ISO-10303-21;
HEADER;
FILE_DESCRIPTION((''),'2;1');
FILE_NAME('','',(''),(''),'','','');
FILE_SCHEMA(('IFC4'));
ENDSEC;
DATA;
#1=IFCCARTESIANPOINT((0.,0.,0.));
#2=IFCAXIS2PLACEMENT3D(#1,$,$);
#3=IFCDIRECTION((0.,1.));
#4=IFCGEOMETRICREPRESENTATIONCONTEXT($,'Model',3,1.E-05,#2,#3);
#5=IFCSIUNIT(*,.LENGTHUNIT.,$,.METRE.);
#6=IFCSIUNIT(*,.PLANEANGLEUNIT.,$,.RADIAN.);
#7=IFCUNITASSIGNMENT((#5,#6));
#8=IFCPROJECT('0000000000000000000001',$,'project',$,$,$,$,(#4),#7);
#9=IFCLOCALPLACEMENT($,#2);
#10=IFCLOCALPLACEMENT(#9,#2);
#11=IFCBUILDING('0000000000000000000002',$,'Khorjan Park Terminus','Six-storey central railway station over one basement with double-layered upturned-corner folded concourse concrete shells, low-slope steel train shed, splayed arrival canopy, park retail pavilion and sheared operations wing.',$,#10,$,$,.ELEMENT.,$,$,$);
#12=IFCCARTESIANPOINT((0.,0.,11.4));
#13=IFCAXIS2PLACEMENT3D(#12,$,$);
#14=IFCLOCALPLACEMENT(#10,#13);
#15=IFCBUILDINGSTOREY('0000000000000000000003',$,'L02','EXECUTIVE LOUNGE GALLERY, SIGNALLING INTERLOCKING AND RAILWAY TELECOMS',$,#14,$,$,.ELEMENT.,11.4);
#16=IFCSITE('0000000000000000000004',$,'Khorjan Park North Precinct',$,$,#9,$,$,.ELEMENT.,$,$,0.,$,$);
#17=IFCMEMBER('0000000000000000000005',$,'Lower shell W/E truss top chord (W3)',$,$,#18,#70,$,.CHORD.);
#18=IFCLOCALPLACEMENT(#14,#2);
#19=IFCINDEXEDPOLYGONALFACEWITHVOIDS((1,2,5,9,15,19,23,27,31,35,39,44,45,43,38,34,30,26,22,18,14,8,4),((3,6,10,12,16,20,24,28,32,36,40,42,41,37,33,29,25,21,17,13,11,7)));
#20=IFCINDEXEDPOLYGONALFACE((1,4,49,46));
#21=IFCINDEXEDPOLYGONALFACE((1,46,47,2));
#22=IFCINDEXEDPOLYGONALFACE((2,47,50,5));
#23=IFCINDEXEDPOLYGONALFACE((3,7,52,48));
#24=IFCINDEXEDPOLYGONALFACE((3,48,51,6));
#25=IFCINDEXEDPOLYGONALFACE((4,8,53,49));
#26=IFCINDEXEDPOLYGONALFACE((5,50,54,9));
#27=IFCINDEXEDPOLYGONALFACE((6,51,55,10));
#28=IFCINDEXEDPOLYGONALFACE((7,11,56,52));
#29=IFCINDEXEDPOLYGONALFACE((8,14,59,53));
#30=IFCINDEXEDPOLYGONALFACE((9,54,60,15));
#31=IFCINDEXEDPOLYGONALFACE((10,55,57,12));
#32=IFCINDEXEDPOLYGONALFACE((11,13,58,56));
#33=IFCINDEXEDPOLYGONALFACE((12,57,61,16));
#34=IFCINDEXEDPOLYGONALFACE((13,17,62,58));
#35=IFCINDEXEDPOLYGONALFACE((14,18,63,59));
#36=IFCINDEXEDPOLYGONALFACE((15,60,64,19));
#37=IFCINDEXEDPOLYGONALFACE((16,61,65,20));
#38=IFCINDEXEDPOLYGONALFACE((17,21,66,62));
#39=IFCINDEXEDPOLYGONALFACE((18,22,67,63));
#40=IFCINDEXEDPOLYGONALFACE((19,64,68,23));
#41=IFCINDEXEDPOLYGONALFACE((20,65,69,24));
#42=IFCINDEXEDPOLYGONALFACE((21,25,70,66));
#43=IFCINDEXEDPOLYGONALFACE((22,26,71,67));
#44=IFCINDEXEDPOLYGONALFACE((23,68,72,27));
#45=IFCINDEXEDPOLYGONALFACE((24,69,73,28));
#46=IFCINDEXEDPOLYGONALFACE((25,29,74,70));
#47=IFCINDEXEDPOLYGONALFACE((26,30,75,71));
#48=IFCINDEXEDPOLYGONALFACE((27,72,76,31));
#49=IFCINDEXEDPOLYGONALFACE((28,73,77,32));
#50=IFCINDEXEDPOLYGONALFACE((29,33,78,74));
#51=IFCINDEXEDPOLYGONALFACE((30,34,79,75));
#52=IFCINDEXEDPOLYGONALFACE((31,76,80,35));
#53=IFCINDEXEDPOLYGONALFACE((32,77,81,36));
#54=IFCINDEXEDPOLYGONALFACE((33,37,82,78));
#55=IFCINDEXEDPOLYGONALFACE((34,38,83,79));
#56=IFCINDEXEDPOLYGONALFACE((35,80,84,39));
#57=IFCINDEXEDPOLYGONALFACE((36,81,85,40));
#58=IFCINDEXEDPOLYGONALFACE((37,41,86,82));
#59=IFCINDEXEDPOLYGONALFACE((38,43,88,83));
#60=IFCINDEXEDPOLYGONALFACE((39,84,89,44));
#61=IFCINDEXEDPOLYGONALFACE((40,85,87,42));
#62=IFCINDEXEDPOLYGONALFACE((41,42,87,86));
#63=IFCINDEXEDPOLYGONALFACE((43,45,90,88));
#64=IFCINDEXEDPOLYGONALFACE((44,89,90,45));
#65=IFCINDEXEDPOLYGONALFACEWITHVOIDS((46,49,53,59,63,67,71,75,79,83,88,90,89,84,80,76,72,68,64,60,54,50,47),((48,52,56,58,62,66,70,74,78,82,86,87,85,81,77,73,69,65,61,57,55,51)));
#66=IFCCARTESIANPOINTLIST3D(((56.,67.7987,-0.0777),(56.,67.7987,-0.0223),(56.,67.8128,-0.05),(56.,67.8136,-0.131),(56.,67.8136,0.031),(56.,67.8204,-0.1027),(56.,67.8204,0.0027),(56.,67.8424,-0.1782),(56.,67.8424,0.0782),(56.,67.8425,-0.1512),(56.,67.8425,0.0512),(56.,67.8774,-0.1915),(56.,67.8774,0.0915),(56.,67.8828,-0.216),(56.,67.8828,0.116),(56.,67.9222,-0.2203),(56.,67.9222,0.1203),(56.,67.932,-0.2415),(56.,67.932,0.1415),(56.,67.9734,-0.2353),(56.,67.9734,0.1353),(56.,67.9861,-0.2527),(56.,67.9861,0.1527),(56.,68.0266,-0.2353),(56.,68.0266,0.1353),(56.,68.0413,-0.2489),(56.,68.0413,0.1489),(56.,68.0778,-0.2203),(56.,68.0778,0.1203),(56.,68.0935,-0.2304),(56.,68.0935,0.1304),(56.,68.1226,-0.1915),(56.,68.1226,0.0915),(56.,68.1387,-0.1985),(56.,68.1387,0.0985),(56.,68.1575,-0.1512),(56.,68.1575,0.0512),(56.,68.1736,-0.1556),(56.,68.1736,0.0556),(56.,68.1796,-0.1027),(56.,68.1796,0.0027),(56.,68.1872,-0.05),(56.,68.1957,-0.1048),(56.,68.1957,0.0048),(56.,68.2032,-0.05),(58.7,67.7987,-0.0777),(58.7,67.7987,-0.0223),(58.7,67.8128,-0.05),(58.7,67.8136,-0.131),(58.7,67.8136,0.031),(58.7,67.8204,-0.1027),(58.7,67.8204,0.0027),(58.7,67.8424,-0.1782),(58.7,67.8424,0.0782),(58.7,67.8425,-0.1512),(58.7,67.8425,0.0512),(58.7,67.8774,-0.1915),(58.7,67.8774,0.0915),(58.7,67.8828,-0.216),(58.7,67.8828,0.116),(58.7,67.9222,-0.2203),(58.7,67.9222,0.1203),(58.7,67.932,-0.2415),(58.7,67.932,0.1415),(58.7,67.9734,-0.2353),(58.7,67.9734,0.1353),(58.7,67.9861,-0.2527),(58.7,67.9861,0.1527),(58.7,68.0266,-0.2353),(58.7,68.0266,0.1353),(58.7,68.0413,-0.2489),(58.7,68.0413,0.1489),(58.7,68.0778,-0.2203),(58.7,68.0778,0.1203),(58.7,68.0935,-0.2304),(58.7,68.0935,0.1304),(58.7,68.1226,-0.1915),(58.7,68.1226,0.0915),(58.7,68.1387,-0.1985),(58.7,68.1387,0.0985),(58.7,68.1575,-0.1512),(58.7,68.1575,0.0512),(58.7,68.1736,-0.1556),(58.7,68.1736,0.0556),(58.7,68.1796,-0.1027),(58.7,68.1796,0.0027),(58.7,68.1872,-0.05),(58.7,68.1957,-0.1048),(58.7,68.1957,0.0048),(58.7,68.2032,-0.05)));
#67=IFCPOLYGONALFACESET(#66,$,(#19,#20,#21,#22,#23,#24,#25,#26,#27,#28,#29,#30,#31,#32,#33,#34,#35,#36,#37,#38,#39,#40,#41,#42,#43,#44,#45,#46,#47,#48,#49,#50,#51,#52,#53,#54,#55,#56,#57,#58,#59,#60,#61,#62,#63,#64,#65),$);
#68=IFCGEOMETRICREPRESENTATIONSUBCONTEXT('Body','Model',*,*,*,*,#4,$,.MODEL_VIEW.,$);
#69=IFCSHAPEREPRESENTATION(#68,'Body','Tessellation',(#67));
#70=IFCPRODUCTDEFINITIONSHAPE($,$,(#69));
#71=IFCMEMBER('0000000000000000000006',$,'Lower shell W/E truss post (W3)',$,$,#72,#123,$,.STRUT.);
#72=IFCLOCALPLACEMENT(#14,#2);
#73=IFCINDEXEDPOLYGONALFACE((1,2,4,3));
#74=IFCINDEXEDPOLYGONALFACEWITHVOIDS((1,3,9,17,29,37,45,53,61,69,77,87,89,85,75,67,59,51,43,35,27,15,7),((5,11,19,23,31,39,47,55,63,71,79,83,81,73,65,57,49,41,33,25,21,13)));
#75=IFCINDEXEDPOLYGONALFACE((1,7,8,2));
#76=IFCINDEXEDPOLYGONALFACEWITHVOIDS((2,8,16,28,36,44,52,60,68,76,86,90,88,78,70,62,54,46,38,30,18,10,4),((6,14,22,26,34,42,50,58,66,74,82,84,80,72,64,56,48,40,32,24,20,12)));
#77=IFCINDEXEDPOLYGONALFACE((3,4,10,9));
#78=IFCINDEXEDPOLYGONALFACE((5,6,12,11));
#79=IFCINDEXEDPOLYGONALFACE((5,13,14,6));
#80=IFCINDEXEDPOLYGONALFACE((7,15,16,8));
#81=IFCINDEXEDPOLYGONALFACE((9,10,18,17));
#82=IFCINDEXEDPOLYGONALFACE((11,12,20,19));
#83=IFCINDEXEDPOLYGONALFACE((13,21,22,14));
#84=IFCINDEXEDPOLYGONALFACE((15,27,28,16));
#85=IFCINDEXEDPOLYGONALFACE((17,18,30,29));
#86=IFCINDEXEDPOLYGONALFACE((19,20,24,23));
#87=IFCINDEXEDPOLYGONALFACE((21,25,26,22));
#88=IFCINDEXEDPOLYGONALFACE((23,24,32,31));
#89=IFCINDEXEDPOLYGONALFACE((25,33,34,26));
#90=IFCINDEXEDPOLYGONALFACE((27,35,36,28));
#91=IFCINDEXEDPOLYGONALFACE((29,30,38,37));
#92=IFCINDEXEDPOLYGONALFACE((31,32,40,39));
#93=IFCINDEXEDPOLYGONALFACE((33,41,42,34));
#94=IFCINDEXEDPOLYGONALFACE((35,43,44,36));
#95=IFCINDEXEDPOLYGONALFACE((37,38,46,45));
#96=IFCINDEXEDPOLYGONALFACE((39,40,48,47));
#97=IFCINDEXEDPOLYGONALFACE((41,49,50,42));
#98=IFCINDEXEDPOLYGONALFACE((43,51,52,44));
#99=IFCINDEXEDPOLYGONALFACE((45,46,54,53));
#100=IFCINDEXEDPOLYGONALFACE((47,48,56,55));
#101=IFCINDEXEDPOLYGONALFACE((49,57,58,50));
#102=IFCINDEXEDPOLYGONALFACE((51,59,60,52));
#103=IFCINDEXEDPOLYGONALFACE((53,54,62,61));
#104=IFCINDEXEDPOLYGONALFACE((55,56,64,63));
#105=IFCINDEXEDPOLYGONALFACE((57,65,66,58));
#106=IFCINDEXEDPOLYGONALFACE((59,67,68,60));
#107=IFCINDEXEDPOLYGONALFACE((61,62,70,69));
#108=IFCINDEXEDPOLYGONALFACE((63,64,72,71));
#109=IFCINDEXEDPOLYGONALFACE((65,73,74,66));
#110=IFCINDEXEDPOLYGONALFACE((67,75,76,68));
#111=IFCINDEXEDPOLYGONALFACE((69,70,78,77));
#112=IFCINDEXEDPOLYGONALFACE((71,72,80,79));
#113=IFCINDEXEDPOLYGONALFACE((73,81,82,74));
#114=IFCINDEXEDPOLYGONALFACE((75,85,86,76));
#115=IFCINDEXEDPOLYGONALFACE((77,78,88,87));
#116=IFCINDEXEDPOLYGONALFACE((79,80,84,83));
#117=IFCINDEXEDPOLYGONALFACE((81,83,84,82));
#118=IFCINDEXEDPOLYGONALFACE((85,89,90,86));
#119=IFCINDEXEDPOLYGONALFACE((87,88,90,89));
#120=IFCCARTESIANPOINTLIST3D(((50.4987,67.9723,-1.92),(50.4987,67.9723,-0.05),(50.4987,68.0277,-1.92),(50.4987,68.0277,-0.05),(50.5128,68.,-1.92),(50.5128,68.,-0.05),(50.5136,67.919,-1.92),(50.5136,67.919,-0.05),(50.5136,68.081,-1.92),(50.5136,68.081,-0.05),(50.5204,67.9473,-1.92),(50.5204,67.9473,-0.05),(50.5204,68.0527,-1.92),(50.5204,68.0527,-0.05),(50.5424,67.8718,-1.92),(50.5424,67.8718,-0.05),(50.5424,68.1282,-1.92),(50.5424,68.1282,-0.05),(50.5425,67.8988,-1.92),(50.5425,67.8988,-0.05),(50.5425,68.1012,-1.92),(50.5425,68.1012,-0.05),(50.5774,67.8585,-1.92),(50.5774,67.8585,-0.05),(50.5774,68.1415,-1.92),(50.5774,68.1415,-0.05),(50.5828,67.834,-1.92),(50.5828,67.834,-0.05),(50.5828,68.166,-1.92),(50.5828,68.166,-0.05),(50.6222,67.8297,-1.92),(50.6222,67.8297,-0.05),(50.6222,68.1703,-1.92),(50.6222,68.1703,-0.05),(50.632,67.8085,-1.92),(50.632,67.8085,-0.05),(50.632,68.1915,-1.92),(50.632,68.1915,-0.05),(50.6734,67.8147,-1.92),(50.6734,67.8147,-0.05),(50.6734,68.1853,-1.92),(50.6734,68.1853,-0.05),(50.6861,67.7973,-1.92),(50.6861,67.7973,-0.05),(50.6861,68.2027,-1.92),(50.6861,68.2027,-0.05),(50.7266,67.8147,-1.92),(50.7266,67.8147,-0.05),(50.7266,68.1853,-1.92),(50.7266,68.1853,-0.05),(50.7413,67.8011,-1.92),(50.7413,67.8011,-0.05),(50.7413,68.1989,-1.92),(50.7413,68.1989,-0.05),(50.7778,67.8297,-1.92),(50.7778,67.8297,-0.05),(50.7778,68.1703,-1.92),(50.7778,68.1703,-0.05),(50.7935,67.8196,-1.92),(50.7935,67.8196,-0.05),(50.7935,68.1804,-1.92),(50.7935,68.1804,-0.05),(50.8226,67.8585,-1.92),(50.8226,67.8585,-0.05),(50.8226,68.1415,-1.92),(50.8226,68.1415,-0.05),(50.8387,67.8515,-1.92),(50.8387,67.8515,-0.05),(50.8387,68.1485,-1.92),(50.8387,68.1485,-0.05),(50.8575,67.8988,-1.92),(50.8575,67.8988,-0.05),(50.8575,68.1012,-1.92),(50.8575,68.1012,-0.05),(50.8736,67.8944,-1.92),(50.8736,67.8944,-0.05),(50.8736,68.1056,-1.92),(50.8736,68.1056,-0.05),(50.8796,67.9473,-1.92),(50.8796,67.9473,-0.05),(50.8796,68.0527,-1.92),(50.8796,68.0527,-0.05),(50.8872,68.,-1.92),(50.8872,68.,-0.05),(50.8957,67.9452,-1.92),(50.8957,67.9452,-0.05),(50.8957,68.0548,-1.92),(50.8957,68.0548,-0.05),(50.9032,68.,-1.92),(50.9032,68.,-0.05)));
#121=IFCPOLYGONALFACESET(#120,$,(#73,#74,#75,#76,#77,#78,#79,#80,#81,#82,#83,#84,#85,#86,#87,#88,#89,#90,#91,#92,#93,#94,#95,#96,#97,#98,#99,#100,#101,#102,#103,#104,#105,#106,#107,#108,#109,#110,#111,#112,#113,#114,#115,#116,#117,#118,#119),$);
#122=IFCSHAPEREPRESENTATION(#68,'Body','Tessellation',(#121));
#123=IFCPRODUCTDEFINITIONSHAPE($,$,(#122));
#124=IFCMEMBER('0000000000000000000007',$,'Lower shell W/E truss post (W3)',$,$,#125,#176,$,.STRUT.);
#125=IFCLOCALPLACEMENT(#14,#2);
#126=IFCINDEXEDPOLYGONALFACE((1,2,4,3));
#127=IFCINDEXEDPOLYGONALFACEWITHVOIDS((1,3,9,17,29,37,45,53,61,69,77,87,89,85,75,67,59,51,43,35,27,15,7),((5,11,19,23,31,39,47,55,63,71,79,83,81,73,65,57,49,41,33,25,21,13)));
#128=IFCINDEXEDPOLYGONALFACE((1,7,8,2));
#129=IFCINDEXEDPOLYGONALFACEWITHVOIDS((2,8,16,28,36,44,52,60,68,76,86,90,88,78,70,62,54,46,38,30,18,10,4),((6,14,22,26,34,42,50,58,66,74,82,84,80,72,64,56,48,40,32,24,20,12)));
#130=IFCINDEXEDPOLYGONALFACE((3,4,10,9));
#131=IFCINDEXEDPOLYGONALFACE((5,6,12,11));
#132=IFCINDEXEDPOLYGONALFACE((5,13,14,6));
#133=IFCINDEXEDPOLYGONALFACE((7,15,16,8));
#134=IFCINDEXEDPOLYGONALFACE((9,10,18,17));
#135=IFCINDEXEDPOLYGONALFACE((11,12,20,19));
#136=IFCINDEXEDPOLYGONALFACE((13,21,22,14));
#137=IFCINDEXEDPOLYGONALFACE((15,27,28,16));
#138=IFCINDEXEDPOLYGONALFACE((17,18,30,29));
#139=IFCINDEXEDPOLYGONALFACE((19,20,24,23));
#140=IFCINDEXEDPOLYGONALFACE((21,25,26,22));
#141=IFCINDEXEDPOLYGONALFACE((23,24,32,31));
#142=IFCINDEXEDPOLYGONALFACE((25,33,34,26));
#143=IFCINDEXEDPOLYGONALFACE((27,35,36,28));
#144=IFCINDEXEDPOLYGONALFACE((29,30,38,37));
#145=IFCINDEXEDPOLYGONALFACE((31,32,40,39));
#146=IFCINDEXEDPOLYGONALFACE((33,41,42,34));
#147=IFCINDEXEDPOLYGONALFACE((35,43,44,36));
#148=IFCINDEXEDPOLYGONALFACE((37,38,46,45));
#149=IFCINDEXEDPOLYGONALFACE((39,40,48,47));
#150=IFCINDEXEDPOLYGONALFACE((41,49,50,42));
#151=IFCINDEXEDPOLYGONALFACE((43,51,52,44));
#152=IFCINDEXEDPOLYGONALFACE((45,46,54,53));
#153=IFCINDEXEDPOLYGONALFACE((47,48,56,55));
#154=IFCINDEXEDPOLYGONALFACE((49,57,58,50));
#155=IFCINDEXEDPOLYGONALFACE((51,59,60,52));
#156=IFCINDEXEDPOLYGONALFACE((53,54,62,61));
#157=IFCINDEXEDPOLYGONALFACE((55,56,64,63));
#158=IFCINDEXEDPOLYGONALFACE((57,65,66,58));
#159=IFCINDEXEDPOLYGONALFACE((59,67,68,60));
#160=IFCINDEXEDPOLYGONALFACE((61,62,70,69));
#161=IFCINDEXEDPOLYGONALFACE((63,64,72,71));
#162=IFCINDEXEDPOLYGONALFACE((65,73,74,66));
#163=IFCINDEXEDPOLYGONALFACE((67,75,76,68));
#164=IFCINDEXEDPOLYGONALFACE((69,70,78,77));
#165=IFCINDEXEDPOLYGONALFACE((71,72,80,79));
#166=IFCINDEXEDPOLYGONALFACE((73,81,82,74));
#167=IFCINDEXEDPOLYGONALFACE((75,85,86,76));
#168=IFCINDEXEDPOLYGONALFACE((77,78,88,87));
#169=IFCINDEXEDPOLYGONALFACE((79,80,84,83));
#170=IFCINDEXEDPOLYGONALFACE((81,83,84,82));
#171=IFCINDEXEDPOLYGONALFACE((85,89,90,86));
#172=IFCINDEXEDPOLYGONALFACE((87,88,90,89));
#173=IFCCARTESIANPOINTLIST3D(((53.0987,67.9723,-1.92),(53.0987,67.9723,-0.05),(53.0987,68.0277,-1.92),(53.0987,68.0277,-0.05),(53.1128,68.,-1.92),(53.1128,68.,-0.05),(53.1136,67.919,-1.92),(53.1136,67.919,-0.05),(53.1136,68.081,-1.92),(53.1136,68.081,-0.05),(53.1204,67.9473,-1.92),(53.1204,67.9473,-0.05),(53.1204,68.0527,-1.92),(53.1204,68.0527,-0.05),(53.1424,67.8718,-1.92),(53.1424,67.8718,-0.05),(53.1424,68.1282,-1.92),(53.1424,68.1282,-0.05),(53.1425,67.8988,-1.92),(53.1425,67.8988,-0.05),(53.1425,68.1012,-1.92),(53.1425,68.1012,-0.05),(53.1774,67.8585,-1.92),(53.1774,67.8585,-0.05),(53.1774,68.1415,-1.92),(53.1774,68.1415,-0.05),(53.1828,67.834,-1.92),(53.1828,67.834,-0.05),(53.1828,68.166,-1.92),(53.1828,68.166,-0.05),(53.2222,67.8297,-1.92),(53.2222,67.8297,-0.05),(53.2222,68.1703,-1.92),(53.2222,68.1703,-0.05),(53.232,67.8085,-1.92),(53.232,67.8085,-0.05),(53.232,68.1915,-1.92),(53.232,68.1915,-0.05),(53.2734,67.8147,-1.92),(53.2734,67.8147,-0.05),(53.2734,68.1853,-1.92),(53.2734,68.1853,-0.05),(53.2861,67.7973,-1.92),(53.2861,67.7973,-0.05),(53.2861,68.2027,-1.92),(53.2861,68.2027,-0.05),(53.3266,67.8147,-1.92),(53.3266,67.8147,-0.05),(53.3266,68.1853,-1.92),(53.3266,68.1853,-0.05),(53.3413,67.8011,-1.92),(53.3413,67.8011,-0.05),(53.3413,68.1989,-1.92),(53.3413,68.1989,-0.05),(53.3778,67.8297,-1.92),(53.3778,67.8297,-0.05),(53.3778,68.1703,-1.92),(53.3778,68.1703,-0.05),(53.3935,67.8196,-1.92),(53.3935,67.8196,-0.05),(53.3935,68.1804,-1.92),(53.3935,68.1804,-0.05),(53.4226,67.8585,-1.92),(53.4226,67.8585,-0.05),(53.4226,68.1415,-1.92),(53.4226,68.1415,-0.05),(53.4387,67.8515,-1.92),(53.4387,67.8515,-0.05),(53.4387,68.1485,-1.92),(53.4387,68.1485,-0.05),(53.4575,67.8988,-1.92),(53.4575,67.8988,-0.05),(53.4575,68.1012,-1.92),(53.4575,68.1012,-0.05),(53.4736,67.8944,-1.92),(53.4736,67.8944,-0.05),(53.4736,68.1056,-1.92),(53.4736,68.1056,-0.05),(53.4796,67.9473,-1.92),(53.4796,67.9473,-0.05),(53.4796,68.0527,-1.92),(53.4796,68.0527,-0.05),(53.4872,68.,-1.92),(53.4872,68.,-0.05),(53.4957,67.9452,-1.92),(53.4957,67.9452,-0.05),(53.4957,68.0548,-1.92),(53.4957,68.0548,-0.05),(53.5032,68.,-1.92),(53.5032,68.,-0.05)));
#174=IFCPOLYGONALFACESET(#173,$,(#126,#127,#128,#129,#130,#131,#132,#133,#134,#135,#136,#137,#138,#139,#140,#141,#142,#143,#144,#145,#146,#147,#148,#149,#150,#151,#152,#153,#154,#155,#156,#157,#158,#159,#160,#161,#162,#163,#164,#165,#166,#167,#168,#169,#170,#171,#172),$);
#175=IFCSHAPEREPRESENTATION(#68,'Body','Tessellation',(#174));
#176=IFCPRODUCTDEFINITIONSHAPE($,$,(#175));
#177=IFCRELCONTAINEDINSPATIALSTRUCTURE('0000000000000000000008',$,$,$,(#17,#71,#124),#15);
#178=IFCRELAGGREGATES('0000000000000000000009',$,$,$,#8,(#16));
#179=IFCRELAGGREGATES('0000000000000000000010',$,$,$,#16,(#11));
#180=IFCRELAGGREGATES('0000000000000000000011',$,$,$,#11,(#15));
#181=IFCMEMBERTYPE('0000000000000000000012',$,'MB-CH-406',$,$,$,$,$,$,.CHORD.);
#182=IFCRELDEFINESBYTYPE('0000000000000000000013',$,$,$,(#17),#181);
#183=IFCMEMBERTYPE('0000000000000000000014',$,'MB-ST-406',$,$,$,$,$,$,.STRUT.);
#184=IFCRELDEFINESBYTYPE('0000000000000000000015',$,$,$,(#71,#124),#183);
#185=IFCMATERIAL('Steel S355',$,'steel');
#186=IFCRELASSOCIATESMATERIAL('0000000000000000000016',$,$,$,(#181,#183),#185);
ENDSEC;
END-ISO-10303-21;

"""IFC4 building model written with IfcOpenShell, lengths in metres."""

from ifc_helpers import new_model, si_unit, direction, frame, origin, origin_2d, place, context, subcontext, project, spatial, hollow_circle, extrude, material, material_profile, profile_set, type_object, element, save


model = new_model("IFC4")

# Units and contexts
model_context = context("Model", 3, precision=1e-05, world=origin(), true_north=direction((0.0, 1.0)))
body_context = subcontext(model_context, "Body", "Model", "MODEL_VIEW")
ifc_project = project(units=[si_unit("LENGTHUNIT", "METRE"), si_unit("PLANEANGLEUNIT", "RADIAN")], contexts=[model_context])

# Site, building, storey
site_placement = place(None, origin())
site = spatial("IfcSite", under=ifc_project, at=site_placement, Name="Khorjan Park North Precinct", CompositionType="ELEMENT", RefElevation=0.0)
building_placement = place(site_placement, origin())
building = spatial("IfcBuilding", under=site, at=building_placement, Name="Khorjan Park Terminus", Description="Six-storey central railway station over one basement with double-layered upturned-corner folded concourse concrete shells, low-slope steel train shed, splayed arrival canopy, park retail pavilion and sheared operations wing.", CompositionType="ELEMENT")
storey_placement = place(building_placement, frame((0.0, 0.0, 11.4)))
storey = spatial("IfcBuildingStorey", under=building, at=storey_placement, Name="L02", Description="EXECUTIVE LOUNGE GALLERY, SIGNALLING INTERLOCKING AND RAILWAY TELECOMS", CompositionType="ELEMENT", Elevation=11.4)

# Members
ifc_material_1 = material(Name="Steel S355", Category="steel")
ifc_material_profile_1 = material_profile(ifc_material_1, hollow_circle(Radius=0.2032, WallThickness=0.016, at=origin_2d()), Name="CHS 406.4x16")
ifc_profile_set_1 = profile_set([ifc_material_profile_1], Name="Steel S355")
member_type_1 = type_object("IfcMemberType", Name="MB-CH-406", PredefinedType="CHORD", material=ifc_profile_set_1)
for number, where, z_axis, x_axis, name in (
    (1, (56.0, 68.0, -0.05), (1.0, 0.0, 0.0), (0.0, 1.0, 0.0), "Lower shell W/E truss top chord (W3)"),
):
    element("IfcMember", number, at=place(storey_placement, frame(where, z_axis=z_axis, x_axis=x_axis)), inside=storey, type_object=member_type_1, Name=name, PredefinedType="CHORD", context=body_context, shape_type="SweptSolid", body=[
        extrude(hollow_circle(Radius=0.2032, WallThickness=0.016, at=origin_2d()), origin(), (0.0, 0.0, 1.0), 2.7),
    ])
ifc_material_profile_2 = material_profile(ifc_material_1, hollow_circle(Radius=0.2032, WallThickness=0.016, at=origin_2d()), Name="CHS 406.4x16")
ifc_profile_set_2 = profile_set([ifc_material_profile_2], Name="Steel S355")
member_type_2 = type_object("IfcMemberType", Name="MB-ST-406", PredefinedType="STRUT", material=ifc_profile_set_2)
for number, where, z_axis, x_axis, name in (
    (2, (50.7, 68.0, -1.92), (0.0, 0.0, 1.0), (1.0, 0.0, 0.0), "Lower shell W/E truss post (W3)"),
    (3, (53.3, 68.0, -1.92), (0.0, 0.0, 1.0), (1.0, 0.0, 0.0), "Lower shell W/E truss post (W3)"),
):
    element("IfcMember", number, at=place(storey_placement, frame(where, z_axis=z_axis, x_axis=x_axis)), inside=storey, type_object=member_type_2, Name=name, PredefinedType="STRUT", context=body_context, shape_type="SweptSolid", body=[
        extrude(hollow_circle(Radius=0.2032, WallThickness=0.016, at=origin_2d()), origin(), (0.0, 0.0, 1.0), 1.87),
    ])

save(model, "model.ifc")
